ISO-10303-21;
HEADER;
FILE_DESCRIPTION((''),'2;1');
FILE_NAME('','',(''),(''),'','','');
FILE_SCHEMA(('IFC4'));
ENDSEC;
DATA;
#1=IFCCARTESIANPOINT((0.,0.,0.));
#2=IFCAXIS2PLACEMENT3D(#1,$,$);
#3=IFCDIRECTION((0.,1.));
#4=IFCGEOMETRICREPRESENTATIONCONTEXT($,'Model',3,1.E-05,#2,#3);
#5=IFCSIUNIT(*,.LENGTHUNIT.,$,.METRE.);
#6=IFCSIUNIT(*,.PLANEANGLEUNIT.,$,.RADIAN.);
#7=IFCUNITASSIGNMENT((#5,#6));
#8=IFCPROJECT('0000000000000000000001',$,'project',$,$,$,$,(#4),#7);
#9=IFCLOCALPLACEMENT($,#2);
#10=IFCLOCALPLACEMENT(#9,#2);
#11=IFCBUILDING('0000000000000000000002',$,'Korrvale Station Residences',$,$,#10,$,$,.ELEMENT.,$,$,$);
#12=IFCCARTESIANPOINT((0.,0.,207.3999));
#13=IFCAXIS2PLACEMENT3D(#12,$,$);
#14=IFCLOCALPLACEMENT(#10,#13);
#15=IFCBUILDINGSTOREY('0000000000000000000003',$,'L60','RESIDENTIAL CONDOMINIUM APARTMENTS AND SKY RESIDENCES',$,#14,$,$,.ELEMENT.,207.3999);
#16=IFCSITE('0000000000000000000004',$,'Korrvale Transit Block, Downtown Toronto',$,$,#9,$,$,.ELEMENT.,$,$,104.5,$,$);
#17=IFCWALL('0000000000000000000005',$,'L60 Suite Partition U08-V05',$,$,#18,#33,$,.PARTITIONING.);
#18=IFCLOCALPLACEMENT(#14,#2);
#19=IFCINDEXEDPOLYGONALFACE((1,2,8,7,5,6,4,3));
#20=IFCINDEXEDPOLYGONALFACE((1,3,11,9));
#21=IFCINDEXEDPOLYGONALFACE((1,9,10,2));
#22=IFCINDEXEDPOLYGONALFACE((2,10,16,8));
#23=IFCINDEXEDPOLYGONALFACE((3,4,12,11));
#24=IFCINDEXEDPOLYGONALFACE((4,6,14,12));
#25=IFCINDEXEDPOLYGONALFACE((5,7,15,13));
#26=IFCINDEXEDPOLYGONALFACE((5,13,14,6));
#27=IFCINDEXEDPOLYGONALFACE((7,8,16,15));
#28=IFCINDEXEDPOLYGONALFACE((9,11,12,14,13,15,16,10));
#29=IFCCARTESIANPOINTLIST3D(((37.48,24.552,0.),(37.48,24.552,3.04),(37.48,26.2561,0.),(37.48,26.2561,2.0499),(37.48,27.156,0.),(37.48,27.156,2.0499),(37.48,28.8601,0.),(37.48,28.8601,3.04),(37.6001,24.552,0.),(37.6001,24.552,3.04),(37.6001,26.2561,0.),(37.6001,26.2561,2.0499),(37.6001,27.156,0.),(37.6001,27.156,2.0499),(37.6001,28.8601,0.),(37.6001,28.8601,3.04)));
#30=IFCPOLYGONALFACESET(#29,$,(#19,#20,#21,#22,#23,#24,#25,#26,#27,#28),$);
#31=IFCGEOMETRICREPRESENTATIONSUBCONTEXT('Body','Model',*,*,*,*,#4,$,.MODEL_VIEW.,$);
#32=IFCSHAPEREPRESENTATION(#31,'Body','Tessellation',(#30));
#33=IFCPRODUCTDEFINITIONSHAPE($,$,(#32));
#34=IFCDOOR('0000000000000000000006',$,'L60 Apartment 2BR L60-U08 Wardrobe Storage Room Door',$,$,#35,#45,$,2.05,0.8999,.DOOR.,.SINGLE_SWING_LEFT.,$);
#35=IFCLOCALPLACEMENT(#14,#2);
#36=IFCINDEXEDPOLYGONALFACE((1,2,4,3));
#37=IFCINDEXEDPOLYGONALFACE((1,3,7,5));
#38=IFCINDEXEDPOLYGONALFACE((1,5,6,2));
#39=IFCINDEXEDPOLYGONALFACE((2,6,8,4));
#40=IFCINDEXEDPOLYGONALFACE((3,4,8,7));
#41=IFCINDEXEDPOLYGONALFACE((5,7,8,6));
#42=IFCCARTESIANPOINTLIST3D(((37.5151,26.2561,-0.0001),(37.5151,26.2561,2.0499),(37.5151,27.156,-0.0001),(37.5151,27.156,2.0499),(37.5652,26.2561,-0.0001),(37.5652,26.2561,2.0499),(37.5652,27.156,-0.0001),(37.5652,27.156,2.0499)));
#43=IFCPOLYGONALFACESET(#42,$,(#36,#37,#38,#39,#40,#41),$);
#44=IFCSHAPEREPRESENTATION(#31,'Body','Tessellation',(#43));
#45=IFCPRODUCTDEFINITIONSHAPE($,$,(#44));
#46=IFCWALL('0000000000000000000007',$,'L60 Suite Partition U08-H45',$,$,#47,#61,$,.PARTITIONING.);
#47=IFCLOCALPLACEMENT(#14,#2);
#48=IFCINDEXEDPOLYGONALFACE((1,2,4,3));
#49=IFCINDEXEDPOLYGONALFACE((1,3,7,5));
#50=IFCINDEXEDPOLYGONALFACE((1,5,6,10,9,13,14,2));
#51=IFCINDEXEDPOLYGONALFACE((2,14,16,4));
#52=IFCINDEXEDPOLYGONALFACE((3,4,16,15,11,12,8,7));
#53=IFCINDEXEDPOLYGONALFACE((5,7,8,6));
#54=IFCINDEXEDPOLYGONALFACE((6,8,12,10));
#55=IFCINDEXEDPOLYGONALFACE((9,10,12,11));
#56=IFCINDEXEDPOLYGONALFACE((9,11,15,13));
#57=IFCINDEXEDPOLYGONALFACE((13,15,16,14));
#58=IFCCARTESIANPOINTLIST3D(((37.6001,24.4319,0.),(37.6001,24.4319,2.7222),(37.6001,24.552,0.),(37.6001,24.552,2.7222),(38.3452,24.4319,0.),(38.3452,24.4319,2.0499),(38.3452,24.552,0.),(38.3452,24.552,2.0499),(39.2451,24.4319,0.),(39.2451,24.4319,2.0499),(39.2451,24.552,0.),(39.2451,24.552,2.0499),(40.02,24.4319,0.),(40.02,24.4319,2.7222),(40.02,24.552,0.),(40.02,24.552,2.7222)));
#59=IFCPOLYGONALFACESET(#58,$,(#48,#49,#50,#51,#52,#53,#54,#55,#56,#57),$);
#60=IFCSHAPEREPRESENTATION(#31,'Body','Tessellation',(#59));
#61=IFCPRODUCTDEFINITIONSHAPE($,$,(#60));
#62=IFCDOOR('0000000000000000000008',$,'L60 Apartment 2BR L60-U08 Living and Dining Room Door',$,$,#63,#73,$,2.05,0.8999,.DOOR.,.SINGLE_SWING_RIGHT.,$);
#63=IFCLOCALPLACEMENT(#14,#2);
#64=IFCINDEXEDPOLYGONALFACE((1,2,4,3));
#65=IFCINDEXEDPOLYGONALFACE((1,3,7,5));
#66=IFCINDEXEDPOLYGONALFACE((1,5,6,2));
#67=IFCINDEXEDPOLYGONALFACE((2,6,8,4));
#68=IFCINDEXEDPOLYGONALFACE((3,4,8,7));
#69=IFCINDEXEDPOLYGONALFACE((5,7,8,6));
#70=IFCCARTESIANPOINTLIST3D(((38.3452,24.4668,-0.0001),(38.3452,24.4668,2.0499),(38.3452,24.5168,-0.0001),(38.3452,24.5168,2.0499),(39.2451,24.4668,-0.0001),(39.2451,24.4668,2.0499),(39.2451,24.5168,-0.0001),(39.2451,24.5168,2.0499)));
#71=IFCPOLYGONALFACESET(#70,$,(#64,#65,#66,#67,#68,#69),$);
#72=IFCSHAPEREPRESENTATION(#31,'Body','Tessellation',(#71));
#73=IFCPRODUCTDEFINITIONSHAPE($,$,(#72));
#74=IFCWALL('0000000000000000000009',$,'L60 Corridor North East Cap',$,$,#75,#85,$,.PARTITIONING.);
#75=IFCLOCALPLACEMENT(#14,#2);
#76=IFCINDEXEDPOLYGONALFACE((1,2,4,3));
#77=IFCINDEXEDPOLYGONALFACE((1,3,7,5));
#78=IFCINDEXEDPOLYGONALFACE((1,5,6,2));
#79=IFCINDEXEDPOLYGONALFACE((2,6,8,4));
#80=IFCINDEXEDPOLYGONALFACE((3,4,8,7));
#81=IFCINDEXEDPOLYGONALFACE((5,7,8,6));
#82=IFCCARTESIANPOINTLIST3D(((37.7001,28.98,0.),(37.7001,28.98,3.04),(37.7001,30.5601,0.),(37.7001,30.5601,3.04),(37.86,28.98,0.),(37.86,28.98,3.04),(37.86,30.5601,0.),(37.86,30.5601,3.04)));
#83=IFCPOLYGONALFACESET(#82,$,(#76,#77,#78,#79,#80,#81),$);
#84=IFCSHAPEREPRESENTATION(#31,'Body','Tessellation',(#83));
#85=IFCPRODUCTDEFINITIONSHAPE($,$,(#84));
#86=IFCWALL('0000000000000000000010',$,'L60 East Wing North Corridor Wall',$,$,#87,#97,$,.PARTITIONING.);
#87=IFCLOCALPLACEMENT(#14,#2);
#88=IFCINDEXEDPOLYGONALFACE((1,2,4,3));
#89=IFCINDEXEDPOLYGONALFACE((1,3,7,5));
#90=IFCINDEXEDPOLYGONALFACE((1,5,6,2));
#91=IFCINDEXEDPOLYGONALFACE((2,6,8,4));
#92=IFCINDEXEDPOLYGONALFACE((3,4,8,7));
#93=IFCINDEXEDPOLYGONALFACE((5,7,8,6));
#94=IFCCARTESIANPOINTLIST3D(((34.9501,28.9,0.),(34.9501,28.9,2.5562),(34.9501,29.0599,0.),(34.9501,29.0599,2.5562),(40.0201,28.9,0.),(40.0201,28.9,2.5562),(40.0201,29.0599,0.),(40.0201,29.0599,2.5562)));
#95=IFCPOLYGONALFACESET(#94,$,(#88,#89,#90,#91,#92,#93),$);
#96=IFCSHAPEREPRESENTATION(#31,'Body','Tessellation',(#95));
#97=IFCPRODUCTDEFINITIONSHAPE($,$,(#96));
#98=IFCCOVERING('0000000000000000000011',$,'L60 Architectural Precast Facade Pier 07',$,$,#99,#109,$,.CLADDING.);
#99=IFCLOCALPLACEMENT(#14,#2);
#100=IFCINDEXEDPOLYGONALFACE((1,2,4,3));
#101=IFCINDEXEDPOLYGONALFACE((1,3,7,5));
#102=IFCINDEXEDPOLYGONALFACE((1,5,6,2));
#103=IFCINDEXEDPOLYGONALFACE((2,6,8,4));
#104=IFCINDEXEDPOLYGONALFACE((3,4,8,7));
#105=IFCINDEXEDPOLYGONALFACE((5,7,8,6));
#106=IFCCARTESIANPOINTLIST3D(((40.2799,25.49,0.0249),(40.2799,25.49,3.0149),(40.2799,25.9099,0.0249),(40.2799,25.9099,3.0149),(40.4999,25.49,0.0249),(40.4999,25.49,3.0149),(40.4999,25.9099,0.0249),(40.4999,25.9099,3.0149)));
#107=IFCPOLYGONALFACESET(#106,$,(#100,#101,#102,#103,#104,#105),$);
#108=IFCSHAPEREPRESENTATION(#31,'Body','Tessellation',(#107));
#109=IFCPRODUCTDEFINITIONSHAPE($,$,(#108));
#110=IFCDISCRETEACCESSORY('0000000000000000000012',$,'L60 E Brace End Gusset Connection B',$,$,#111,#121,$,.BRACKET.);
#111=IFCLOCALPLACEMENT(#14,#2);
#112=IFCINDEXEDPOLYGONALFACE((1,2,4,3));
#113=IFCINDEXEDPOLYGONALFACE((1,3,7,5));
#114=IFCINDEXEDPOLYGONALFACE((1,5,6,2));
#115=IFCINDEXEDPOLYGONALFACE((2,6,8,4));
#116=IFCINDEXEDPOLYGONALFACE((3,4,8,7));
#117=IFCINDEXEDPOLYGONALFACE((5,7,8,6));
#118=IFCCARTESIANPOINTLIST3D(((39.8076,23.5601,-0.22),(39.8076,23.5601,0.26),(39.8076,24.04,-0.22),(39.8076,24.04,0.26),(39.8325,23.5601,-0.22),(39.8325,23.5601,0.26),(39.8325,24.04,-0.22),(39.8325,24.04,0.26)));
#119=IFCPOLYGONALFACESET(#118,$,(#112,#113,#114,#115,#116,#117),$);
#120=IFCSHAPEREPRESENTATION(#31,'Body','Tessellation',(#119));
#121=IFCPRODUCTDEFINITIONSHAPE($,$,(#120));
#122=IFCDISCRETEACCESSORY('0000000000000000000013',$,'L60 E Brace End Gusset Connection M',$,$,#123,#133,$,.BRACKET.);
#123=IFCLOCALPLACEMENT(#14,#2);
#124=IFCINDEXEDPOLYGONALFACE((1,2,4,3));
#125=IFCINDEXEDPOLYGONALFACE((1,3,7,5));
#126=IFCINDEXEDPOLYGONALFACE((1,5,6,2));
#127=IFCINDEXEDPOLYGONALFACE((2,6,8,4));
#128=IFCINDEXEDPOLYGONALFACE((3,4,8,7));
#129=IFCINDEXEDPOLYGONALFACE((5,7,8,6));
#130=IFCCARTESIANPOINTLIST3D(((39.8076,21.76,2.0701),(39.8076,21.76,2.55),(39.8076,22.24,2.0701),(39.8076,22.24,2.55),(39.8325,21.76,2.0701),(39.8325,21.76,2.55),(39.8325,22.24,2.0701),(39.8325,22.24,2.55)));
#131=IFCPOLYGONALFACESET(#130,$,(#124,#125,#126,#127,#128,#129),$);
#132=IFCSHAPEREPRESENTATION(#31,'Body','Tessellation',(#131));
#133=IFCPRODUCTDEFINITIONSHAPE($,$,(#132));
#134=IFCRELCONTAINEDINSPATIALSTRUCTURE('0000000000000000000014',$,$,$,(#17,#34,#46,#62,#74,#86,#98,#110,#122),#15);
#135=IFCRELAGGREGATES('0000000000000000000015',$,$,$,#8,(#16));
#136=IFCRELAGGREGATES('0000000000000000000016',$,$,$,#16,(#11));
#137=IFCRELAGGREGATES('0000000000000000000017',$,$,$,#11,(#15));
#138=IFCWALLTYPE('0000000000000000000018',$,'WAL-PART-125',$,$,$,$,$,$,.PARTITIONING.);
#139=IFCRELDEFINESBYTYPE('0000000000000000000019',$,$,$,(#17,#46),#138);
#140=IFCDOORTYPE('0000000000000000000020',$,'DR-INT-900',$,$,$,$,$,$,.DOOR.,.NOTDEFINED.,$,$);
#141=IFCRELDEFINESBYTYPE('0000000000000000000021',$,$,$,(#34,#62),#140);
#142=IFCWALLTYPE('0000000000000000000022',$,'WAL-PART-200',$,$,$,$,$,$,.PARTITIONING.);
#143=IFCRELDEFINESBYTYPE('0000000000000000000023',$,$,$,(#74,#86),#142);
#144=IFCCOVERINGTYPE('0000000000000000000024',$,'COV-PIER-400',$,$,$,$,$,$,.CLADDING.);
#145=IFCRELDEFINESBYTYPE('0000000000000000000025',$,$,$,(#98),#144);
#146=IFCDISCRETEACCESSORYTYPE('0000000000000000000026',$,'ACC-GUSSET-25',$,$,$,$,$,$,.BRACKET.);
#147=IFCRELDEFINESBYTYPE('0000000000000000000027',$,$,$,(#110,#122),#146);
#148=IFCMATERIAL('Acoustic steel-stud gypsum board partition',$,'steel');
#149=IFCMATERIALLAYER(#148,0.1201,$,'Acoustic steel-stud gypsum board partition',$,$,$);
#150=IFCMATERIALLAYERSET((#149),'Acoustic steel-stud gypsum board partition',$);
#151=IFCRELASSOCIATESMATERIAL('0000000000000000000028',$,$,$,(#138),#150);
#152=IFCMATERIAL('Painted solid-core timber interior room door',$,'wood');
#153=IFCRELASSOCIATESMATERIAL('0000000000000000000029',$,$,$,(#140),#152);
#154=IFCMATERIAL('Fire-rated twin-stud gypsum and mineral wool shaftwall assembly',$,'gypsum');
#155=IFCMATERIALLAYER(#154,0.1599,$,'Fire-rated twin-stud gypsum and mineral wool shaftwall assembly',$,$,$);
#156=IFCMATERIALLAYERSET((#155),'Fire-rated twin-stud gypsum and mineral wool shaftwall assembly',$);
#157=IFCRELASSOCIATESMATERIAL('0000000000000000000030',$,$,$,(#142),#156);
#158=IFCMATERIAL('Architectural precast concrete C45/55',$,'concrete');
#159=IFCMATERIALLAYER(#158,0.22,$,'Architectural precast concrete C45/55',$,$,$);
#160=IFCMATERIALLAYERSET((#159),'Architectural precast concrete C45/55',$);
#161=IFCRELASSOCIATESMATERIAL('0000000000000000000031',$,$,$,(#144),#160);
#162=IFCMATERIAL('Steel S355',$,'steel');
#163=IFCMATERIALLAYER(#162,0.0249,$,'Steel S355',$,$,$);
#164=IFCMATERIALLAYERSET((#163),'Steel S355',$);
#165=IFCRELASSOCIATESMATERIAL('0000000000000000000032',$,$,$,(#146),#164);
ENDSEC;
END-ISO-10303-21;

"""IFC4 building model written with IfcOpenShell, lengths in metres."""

from ifc_helpers import new_model, si_unit, direction, frame, frame_2d, origin, origin_2d, place, context, subcontext, project, spatial, rectangle, extrude, material, layer, layer_set, type_object, element, fill, save


model = new_model("IFC4")

# Units and contexts
model_context = context("Model", 3, precision=1e-05, world=origin(), true_north=direction((0.0, 1.0)))
body_context = subcontext(model_context, "Body", "Model", "MODEL_VIEW")
ifc_project = project(units=[si_unit("LENGTHUNIT", "METRE"), si_unit("PLANEANGLEUNIT", "RADIAN")], contexts=[model_context])

# Site, building, storey
site_placement = place(None, origin())
site = spatial("IfcSite", under=ifc_project, at=site_placement, Name="Korrvale Transit Block, Downtown Toronto", CompositionType="ELEMENT", RefElevation=104.5)
building_placement = place(site_placement, origin())
building = spatial("IfcBuilding", under=site, at=building_placement, Name="Korrvale Station Residences", CompositionType="ELEMENT")
storey_placement = place(building_placement, frame((0.0, 0.0, 207.3999)))
storey = spatial("IfcBuildingStorey", under=building, at=storey_placement, Name="L60", Description="RESIDENTIAL CONDOMINIUM APARTMENTS AND SKY RESIDENCES", CompositionType="ELEMENT", Elevation=207.3999)

# Shared definitions
ifc_material_1 = material(Name="Steel S355", Category="steel")

# Walls, openings, doors
ifc_material_2 = material(Name="Acoustic steel-stud gypsum board partition", Category="steel")
ifc_layer_1 = layer(ifc_material_2, 0.1201, Name="Acoustic steel-stud gypsum board partition")
ifc_layer_set_1 = layer_set([ifc_layer_1], Name="Acoustic steel-stud gypsum board partition")
wall_type_1 = type_object("IfcWallType", Name="WAL-PART-125", PredefinedType="PARTITIONING", material=ifc_layer_set_1)
ifc_material_3 = material(Name="Painted solid-core timber interior room door", Category="wood")
door_type = type_object("IfcDoorType", Name="DR-INT-900", OperationType="NOTDEFINED", PredefinedType="DOOR", material=ifc_material_3)
wall_1_placement = place(storey_placement, frame((37.54, 24.552, 0.0), z_axis=(0.0, 0.0, 1.0), x_axis=(0.0, 1.0, 0.0)))
wall_1 = element("IfcWall", 1, at=wall_1_placement, inside=storey, type_object=wall_type_1, Name="L60 Suite Partition U08-V05", PredefinedType="PARTITIONING", context=body_context, shape_type="SweptSolid", body=[
    extrude(rectangle(XDim=4.3081, YDim=0.1201, at=frame_2d((2.1541, 0.0))), origin(), (0.0, 0.0, 1.0), 3.04),
])
opening_1_placement = place(wall_1_placement, frame((1.7041, 0.0, 0.0)))
opening_1 = element("IfcOpeningElement", 2, at=opening_1_placement, cuts=wall_1, PredefinedType="OPENING", context=body_context, shape_type="SweptSolid", body=[
    extrude(rectangle(XDim=0.8999, YDim=2.05, at=frame_2d((0.45, 1.0249))), frame((0.0, 0.0701, 0.0), z_axis=(0.0, -1.0, 0.0), x_axis=(1.0, 0.0, 0.0)), (0.0, 0.0, 1.0), 0.1401),
])
door_1_placement = place(opening_1_placement, origin())
door_1 = element("IfcDoor", 3, at=door_1_placement, inside=storey, type_object=door_type, Name="L60 Apartment 2BR L60-U08 Wardrobe Storage Room Door", OperationType="SINGLE_SWING_LEFT", OverallHeight=2.05, OverallWidth=0.8999, PredefinedType="DOOR", context=body_context, shape_type="SweptSolid", body=[
    extrude(rectangle(XDim=0.8999, YDim=2.05, at=frame_2d((0.45, 1.0249))), frame((0.0, 0.0249, 0.0), z_axis=(0.0, -1.0, 0.0), x_axis=(1.0, 0.0, 0.0)), (0.0, 0.0, 1.0), 0.05),
])
fill(opening_1, door_1)
wall_2_placement = place(storey_placement, frame((37.6001, 24.4919, 0.0), z_axis=(0.0, 0.0, 1.0), x_axis=(1.0, 0.0, 0.0)))
wall_2 = element("IfcWall", 4, at=wall_2_placement, inside=storey, type_object=wall_type_1, Name="L60 Suite Partition U08-H45", PredefinedType="PARTITIONING", context=body_context, shape_type="SweptSolid", body=[
    extrude(rectangle(XDim=2.4199, YDim=0.1201, at=frame_2d((1.21, 0.0))), origin(), (0.0, 0.0, 1.0), 2.7222),
])
opening_2_placement = place(wall_2_placement, frame((0.7451, 0.0, 0.0)))
opening_2 = element("IfcOpeningElement", 5, at=opening_2_placement, cuts=wall_2, PredefinedType="OPENING", context=body_context, shape_type="SweptSolid", body=[
    extrude(rectangle(XDim=0.8999, YDim=2.05, at=frame_2d((0.45, 1.0249))), frame((0.0, 0.0701, 0.0), z_axis=(0.0, -1.0, 0.0), x_axis=(1.0, 0.0, 0.0)), (0.0, 0.0, 1.0), 0.1401),
])
door_2_placement = place(opening_2_placement, origin())
door_2 = element("IfcDoor", 6, at=door_2_placement, inside=storey, type_object=door_type, Name="L60 Apartment 2BR L60-U08 Living and Dining Room Door", OperationType="SINGLE_SWING_RIGHT", OverallHeight=2.05, OverallWidth=0.8999, PredefinedType="DOOR", context=body_context, shape_type="SweptSolid", body=[
    extrude(rectangle(XDim=0.8999, YDim=2.05, at=frame_2d((0.45, 1.0249))), frame((0.0, 0.0249, 0.0), z_axis=(0.0, -1.0, 0.0), x_axis=(1.0, 0.0, 0.0)), (0.0, 0.0, 1.0), 0.05),
])
fill(opening_2, door_2)

# Walls
ifc_material_4 = material(Name="Fire-rated twin-stud gypsum and mineral wool shaftwall assembly", Category="gypsum")
ifc_layer_2 = layer(ifc_material_4, 0.1599, Name="Fire-rated twin-stud gypsum and mineral wool shaftwall assembly")
ifc_layer_set_2 = layer_set([ifc_layer_2], Name="Fire-rated twin-stud gypsum and mineral wool shaftwall assembly")
wall_type_2 = type_object("IfcWallType", Name="WAL-PART-200", PredefinedType="PARTITIONING", material=ifc_layer_set_2)
wall_3_placement = place(storey_placement, frame((37.78, 28.98, 0.0), z_axis=(0.0, 0.0, 1.0), x_axis=(0.0, 1.0, 0.0)))
element("IfcWall", 7, at=wall_3_placement, inside=storey, type_object=wall_type_2, Name="L60 Corridor North East Cap", PredefinedType="PARTITIONING", context=body_context, shape_type="SweptSolid", body=[
    extrude(rectangle(XDim=1.5801, YDim=0.1599, at=frame_2d((0.79, 0.0))), origin(), (0.0, 0.0, 1.0), 3.04),
])
wall_4_placement = place(storey_placement, frame((34.95, 28.98, 0.0), z_axis=(0.0, 0.0, 1.0), x_axis=(1.0, 0.0, 0.0)))
element("IfcWall", 8, at=wall_4_placement, inside=storey, type_object=wall_type_2, Name="L60 East Wing North Corridor Wall", PredefinedType="PARTITIONING", context=body_context, shape_type="SweptSolid", body=[
    extrude(rectangle(XDim=5.0701, YDim=0.1599, at=frame_2d((2.5352, 0.0))), origin(), (0.0, 0.0, 1.0), 2.5562),
])

# Covering
ifc_material_5 = material(Name="Architectural precast concrete C45/55", Category="concrete")
ifc_layer_3 = layer(ifc_material_5, 0.22, Name="Architectural precast concrete C45/55")
ifc_layer_set_3 = layer_set([ifc_layer_3], Name="Architectural precast concrete C45/55")
covering_type = type_object("IfcCoveringType", Name="COV-PIER-400", PredefinedType="CLADDING", material=ifc_layer_set_3)
covering_placement = place(storey_placement, frame((40.3899, 25.7, 0.0249), z_axis=(0.0, 0.0, 1.0), x_axis=(0.0, 1.0, 0.0)))
element("IfcCovering", 9, at=covering_placement, inside=storey, type_object=covering_type, Name="L60 Architectural Precast Facade Pier 07", PredefinedType="CLADDING", context=body_context, shape_type="SweptSolid", body=[
    extrude(rectangle(XDim=0.4199, YDim=0.22, at=origin_2d()), origin(), (0.0, 0.0, 1.0), 2.99),
])

# Discrete accessories
ifc_layer_4 = layer(ifc_material_1, 0.0249, Name="Steel S355")
ifc_layer_set_4 = layer_set([ifc_layer_4], Name="Steel S355")
discrete_accessory_type = type_object("IfcDiscreteAccessoryType", Name="ACC-GUSSET-25", PredefinedType="BRACKET", material=ifc_layer_set_4)
for number, where, z_axis, x_axis, name in (
    (10, (39.8201, 23.8, -0.22), (0.0, 0.0, 1.0), (0.0, 1.0, 0.0), "L60 E Brace End Gusset Connection B"),
    (11, (39.8201, 22.0, 2.0701), (0.0, 0.0, 1.0), (0.0, 1.0, 0.0), "L60 E Brace End Gusset Connection M"),
):
    element("IfcDiscreteAccessory", number, at=place(storey_placement, frame(where, z_axis=z_axis, x_axis=x_axis)), inside=storey, type_object=discrete_accessory_type, Name=name, PredefinedType="BRACKET", context=body_context, shape_type="SweptSolid", body=[
        extrude(rectangle(XDim=0.48, YDim=0.0249, at=origin_2d()), origin(), (0.0, 0.0, 1.0), 0.48),
    ])

save(model, "model.ifc")
